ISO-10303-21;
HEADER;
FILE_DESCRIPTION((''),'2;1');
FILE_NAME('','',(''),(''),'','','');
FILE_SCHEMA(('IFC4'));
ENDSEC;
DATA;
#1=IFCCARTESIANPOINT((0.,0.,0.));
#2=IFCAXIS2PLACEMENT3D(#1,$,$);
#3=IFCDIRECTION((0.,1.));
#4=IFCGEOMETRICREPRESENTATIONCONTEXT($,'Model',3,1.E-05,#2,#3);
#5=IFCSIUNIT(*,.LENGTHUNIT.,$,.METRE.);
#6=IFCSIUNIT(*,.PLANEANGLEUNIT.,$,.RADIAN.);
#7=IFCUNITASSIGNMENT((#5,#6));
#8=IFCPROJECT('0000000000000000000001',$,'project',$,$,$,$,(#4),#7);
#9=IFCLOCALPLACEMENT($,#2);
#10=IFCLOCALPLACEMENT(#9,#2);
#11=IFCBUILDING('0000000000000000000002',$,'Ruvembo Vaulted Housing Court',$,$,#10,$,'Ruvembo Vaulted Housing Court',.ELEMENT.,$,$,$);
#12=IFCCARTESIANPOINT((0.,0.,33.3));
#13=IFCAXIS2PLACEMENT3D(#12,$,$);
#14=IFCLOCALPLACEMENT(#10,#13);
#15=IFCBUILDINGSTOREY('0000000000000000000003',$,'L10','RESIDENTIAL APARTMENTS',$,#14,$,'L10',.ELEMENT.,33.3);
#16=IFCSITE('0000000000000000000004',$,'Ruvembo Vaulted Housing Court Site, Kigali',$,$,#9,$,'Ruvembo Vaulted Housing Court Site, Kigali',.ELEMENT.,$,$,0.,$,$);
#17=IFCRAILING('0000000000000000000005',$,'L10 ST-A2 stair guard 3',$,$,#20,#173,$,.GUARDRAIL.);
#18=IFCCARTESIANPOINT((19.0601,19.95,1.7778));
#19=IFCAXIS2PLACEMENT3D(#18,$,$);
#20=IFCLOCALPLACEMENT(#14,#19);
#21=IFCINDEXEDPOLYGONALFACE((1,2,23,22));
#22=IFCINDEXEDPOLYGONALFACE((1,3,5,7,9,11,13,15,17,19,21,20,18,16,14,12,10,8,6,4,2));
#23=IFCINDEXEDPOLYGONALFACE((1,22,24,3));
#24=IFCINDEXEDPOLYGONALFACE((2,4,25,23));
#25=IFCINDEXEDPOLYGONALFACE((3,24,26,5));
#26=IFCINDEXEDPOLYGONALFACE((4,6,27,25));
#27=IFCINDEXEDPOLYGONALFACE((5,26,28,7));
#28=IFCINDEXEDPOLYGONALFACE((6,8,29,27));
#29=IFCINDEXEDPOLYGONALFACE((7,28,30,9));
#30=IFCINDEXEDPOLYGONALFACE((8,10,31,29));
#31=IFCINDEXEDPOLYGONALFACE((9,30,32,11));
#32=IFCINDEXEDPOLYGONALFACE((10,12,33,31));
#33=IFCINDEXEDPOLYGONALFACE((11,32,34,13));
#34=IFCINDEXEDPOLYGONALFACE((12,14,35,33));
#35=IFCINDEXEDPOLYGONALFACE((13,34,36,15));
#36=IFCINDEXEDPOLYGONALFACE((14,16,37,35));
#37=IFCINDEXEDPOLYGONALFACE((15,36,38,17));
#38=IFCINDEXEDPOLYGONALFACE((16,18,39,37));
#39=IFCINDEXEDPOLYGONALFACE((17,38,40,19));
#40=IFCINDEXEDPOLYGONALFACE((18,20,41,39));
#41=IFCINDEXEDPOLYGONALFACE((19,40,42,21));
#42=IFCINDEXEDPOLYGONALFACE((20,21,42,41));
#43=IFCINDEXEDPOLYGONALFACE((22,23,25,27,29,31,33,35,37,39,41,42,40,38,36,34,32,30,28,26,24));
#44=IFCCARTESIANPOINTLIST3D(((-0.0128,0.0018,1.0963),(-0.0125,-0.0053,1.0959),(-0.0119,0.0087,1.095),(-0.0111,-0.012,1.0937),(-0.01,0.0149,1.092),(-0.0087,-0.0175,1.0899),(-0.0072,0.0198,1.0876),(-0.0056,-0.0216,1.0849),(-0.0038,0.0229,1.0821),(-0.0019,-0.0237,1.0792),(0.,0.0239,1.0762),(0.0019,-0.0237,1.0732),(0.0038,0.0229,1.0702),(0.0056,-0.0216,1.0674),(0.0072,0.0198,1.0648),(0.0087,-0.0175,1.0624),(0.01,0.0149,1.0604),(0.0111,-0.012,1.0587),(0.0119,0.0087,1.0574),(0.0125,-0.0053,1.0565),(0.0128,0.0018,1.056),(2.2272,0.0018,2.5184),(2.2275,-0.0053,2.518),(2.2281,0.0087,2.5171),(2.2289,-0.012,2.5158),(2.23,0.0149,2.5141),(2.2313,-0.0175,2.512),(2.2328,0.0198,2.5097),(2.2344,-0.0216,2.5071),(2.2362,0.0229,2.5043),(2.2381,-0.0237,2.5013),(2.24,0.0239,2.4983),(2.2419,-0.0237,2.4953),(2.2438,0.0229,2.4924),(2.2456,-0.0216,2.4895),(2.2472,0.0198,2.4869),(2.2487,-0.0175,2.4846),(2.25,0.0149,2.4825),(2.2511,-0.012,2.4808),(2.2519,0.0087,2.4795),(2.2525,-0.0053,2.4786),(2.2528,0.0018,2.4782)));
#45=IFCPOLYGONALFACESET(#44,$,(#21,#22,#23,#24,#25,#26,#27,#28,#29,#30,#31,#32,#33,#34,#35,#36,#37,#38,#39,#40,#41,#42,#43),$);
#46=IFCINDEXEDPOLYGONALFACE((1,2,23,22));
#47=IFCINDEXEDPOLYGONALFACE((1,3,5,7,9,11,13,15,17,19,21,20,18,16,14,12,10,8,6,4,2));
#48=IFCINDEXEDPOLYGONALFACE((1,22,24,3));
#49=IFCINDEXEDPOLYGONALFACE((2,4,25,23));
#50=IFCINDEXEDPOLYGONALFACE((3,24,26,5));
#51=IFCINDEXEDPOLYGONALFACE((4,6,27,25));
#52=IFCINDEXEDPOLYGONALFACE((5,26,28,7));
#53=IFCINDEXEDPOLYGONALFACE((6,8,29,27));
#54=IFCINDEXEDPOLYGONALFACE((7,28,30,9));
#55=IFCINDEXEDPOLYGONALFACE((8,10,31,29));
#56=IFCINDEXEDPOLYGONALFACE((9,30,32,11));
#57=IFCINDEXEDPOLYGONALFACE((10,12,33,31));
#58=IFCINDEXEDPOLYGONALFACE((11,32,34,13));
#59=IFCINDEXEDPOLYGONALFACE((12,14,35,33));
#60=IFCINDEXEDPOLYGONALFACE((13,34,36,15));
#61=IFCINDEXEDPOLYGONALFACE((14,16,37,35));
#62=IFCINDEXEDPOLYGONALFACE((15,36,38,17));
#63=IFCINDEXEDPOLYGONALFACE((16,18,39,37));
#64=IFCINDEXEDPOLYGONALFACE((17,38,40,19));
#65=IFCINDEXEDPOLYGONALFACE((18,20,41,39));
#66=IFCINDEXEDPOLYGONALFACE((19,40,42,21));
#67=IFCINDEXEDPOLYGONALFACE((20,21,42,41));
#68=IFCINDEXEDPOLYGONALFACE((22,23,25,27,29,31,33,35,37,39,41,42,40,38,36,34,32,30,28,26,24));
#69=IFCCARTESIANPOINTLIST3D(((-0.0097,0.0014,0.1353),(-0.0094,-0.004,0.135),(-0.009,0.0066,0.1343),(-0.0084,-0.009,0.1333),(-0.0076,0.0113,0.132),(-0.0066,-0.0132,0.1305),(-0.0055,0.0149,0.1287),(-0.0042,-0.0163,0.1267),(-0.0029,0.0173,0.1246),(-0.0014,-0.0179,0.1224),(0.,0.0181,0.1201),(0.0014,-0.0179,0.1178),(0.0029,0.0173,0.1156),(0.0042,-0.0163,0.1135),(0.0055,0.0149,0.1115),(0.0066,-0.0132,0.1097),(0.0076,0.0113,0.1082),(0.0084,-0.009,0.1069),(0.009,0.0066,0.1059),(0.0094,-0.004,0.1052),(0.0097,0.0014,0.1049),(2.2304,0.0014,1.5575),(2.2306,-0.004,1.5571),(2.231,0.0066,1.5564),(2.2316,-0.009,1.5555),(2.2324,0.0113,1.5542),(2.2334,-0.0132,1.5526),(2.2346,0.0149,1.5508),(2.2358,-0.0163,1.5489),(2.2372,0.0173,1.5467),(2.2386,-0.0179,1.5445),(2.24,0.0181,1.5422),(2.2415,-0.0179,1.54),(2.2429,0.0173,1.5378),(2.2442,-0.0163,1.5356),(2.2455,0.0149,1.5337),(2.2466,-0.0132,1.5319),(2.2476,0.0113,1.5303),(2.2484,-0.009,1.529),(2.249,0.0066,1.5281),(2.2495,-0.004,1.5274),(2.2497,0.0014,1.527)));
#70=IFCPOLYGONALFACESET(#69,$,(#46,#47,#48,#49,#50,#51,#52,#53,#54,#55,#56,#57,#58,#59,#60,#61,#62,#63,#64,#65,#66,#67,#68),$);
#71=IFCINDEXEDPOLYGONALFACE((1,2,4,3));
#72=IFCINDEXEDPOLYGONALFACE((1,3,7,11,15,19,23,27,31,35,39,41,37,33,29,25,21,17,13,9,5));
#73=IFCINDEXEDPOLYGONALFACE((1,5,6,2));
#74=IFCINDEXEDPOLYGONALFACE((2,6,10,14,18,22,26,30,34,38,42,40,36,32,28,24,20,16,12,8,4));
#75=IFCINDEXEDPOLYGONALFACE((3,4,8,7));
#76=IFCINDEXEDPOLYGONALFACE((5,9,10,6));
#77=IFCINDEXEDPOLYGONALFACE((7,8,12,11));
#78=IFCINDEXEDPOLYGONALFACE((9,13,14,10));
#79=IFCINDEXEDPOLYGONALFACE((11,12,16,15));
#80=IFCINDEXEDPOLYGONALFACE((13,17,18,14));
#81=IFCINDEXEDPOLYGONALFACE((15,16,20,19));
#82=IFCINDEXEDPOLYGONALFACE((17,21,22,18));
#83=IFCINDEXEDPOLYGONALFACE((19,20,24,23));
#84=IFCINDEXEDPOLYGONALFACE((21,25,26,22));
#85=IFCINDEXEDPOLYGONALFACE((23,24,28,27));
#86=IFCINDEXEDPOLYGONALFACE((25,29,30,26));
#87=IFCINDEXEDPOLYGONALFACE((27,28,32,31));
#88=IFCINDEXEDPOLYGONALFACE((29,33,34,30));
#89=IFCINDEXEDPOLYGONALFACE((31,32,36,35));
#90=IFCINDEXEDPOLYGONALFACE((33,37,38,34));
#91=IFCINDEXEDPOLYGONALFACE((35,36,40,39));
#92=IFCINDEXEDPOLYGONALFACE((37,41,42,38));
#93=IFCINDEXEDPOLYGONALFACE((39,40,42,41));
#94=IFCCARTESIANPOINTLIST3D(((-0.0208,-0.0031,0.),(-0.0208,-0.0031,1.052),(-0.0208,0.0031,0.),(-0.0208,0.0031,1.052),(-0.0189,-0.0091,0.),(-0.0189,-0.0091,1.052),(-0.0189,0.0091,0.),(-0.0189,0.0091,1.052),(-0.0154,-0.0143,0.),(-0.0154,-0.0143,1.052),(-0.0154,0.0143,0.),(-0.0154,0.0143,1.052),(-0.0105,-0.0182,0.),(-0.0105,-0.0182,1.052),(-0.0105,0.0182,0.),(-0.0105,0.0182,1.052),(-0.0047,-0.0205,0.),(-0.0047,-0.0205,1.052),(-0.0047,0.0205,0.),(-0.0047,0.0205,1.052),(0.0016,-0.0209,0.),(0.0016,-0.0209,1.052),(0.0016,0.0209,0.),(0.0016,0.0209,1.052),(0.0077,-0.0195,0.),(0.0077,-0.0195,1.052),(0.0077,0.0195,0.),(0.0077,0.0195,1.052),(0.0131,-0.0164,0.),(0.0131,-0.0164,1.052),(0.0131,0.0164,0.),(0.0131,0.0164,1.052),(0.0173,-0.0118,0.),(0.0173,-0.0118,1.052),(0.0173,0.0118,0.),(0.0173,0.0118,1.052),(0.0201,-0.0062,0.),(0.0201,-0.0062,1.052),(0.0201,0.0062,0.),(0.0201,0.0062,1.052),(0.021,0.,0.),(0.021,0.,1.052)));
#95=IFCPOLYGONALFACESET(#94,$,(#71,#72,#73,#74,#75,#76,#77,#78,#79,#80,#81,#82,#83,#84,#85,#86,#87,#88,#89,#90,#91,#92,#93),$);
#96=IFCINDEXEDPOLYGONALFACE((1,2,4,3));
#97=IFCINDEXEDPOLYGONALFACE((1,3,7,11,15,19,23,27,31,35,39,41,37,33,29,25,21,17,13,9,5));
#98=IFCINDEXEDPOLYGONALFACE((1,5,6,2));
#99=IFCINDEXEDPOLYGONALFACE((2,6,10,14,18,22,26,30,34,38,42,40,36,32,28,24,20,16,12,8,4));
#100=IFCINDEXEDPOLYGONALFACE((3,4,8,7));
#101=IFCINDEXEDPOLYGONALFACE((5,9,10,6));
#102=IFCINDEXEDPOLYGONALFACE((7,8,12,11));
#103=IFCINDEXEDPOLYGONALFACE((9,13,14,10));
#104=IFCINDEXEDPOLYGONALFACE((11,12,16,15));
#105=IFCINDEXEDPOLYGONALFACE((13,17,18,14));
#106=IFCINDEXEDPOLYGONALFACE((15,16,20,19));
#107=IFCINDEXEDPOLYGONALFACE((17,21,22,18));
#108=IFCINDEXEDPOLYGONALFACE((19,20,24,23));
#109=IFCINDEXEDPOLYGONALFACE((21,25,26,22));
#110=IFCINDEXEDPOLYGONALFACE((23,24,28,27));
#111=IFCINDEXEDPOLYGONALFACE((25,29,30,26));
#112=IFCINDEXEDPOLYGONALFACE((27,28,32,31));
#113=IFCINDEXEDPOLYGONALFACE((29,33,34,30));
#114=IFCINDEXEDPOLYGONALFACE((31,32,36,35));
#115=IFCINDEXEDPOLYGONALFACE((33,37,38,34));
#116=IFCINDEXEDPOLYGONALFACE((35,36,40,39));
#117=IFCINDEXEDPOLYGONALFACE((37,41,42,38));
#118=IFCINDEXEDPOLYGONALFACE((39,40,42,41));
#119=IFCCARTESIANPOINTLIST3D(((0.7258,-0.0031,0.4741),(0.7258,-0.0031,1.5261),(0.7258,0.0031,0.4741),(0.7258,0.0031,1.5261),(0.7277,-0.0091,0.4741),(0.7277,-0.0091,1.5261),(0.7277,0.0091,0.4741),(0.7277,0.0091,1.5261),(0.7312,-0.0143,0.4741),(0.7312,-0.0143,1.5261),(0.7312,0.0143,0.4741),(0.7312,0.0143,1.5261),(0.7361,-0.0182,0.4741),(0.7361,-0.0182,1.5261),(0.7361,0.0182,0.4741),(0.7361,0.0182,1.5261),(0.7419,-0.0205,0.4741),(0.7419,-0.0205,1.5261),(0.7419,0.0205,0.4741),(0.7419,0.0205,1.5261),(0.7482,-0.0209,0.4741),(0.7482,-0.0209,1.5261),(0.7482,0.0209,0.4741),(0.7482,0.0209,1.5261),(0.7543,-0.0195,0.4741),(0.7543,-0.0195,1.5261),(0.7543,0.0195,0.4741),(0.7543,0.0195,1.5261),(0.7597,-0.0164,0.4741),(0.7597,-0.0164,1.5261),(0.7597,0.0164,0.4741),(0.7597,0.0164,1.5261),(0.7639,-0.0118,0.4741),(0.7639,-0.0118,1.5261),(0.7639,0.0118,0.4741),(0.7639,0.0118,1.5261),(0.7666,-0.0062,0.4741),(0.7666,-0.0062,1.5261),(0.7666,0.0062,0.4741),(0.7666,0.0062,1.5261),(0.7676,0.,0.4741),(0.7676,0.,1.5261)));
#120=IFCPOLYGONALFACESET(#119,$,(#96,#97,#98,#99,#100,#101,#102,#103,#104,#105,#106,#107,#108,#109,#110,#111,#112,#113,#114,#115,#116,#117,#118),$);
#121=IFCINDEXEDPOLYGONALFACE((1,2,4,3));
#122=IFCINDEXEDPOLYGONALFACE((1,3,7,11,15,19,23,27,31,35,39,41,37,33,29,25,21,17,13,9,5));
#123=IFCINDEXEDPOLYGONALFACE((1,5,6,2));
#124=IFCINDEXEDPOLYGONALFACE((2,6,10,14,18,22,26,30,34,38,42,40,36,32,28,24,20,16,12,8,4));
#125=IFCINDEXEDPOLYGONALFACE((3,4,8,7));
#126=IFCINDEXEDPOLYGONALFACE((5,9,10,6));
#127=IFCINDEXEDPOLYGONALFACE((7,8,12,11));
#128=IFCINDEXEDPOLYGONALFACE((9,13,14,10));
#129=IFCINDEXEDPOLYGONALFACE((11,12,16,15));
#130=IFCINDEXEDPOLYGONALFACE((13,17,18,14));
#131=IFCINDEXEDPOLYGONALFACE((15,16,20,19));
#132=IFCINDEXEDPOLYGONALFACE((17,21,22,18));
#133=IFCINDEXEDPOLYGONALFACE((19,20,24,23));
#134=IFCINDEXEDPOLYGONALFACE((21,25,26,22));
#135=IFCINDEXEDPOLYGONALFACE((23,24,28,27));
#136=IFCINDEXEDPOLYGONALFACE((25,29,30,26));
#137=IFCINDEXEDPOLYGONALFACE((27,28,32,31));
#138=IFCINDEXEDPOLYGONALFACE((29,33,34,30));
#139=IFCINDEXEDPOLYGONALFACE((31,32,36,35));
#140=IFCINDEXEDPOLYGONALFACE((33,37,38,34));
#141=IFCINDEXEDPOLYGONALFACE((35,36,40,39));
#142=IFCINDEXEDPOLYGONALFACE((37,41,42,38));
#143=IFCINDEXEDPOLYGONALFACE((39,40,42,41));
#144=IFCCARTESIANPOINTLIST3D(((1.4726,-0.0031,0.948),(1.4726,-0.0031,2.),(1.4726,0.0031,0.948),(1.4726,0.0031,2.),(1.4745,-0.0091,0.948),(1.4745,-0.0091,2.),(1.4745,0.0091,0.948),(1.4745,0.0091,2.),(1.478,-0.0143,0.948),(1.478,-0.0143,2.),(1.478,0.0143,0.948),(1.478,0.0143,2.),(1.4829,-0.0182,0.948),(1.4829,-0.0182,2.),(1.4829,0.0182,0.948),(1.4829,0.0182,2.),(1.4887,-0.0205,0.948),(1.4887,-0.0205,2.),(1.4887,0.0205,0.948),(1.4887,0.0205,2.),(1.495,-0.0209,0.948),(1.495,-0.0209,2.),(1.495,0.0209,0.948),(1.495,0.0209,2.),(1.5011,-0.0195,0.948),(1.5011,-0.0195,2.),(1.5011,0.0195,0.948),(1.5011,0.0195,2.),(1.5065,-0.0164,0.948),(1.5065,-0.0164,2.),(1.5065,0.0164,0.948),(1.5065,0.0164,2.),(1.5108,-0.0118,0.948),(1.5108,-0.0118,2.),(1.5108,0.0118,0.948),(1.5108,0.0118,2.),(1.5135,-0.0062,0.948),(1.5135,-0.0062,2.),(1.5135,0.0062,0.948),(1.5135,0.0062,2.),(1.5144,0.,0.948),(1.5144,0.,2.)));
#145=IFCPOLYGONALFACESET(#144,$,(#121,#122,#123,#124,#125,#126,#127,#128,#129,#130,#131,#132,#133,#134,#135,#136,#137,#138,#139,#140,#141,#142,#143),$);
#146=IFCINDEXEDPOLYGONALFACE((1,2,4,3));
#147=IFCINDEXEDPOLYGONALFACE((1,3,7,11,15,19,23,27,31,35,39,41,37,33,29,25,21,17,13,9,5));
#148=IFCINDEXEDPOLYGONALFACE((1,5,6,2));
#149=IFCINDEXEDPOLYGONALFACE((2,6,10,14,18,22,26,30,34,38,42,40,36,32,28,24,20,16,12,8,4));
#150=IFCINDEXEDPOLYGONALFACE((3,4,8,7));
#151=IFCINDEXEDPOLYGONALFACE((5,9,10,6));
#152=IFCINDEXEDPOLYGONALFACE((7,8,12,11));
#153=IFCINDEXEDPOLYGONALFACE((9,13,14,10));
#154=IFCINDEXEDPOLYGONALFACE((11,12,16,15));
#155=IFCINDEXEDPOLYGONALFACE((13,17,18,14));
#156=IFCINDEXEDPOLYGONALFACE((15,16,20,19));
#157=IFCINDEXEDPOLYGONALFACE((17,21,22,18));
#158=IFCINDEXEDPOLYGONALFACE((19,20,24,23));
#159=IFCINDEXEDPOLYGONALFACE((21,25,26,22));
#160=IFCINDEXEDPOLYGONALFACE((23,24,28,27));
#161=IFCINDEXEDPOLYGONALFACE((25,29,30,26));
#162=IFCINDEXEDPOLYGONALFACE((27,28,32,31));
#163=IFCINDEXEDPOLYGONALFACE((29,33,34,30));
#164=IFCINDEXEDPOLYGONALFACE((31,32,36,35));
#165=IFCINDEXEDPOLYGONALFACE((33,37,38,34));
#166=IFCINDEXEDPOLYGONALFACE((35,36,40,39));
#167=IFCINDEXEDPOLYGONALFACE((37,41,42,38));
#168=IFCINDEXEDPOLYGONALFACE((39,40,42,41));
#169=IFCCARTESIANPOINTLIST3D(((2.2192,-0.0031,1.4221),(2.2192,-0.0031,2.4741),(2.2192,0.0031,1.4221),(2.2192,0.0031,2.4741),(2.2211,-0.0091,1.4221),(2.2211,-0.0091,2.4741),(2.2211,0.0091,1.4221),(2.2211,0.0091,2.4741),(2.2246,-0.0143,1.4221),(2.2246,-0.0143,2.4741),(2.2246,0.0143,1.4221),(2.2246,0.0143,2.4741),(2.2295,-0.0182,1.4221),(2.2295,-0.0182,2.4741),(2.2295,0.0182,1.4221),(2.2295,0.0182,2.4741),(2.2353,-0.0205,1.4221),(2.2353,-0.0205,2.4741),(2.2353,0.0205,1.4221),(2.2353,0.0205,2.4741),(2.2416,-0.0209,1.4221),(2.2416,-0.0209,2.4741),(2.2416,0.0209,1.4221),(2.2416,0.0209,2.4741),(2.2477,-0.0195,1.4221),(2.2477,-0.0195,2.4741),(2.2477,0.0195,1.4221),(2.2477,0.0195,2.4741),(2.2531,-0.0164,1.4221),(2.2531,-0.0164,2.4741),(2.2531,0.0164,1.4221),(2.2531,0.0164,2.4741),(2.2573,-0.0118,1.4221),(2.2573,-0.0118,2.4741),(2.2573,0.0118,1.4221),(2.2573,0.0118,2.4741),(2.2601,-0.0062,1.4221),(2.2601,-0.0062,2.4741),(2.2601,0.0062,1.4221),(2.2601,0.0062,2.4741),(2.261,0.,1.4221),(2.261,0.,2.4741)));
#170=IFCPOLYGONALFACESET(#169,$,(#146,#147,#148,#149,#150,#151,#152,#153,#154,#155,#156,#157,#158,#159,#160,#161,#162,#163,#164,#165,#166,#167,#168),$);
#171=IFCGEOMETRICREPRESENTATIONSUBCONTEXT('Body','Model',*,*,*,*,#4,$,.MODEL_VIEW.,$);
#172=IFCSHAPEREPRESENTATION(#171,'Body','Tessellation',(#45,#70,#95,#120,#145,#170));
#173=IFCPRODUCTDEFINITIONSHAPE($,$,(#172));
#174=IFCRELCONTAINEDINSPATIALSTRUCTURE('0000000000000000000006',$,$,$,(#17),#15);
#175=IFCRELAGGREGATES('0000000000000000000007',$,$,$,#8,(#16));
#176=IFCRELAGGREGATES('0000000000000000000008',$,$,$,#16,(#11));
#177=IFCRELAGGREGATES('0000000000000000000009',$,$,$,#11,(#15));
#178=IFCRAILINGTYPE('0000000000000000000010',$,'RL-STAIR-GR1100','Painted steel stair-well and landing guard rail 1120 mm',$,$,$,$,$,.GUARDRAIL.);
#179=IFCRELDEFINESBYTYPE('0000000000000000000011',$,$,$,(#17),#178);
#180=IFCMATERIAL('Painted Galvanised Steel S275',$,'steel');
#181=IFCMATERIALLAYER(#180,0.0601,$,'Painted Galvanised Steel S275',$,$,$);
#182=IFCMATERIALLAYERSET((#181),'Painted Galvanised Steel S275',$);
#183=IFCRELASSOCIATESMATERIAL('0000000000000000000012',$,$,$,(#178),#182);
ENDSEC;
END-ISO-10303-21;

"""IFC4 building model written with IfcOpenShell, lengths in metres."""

from ifc_helpers import new_model, si_unit, direction, frame, origin, origin_2d, place, context, subcontext, project, spatial, circle, extrude, material, layer, layer_set, type_object, element, save


model = new_model("IFC4")

# Units and contexts
model_context = context("Model", 3, precision=1e-05, world=origin(), true_north=direction((0.0, 1.0)))
body_context = subcontext(model_context, "Body", "Model", "MODEL_VIEW")
ifc_project = project(units=[si_unit("LENGTHUNIT", "METRE"), si_unit("PLANEANGLEUNIT", "RADIAN")], contexts=[model_context])

# Site, building, storey
site_placement = place(None, origin())
site = spatial("IfcSite", under=ifc_project, at=site_placement, Name="Ruvembo Vaulted Housing Court Site, Kigali", LongName="Ruvembo Vaulted Housing Court Site, Kigali", CompositionType="ELEMENT", RefElevation=0.0)
building_placement = place(site_placement, origin())
building = spatial("IfcBuilding", under=site, at=building_placement, Name="Ruvembo Vaulted Housing Court", LongName="Ruvembo Vaulted Housing Court", CompositionType="ELEMENT")
storey_placement = place(building_placement, frame((0.0, 0.0, 33.3)))
storey = spatial("IfcBuildingStorey", under=building, at=storey_placement, Name="L10", Description="RESIDENTIAL APARTMENTS", LongName="L10", CompositionType="ELEMENT", Elevation=33.3)

# Railing
ifc_material_1 = material(Name="Painted Galvanised Steel S275", Category="steel")
ifc_layer_1 = layer(ifc_material_1, 0.0601, Name="Painted Galvanised Steel S275")
ifc_layer_set_1 = layer_set([ifc_layer_1], Name="Painted Galvanised Steel S275")
railing_type_1 = type_object("IfcRailingType", Name="RL-STAIR-GR1100", Description="Painted steel stair-well and landing guard rail 1120 mm", PredefinedType="GUARDRAIL", material=ifc_layer_set_1)
railing_1_placement = place(storey_placement, frame((19.0601, 19.95, 1.7778)))
element("IfcRailing", 1, at=railing_1_placement, inside=storey, type_object=railing_type_1, Name="L10 ST-A2 stair guard 3", PredefinedType="GUARDRAIL", context=body_context, shape_type="SweptSolid", body=[
    extrude(circle(Radius=0.0239, at=origin_2d()), frame((0.0, 0.0, 1.0762), z_axis=(0.844229, 0.0, 0.535982), x_axis=(0.0, 1.0, 0.0)), (0.0, 0.0, 1.0), 2.6533),
    extrude(circle(Radius=0.0181, at=origin_2d()), frame((0.0, 0.0, 0.1201), z_axis=(0.844229, 0.0, 0.535982), x_axis=(0.0, 1.0, 0.0)), (0.0, 0.0, 1.0), 2.6533),
    extrude(circle(Radius=0.021, at=origin_2d()), origin(), (0.0, 0.0, 1.0), 1.052),
    extrude(circle(Radius=0.021, at=origin_2d()), frame((0.7466, 0.0, 0.4741)), (0.0, 0.0, 1.0), 1.052),
    extrude(circle(Radius=0.021, at=origin_2d()), frame((1.4934, 0.0, 0.948)), (0.0, 0.0, 1.0), 1.052),
    extrude(circle(Radius=0.021, at=origin_2d()), frame((2.24, 0.0, 1.4221)), (0.0, 0.0, 1.0), 1.052),
])

save(model, "model.ifc")
